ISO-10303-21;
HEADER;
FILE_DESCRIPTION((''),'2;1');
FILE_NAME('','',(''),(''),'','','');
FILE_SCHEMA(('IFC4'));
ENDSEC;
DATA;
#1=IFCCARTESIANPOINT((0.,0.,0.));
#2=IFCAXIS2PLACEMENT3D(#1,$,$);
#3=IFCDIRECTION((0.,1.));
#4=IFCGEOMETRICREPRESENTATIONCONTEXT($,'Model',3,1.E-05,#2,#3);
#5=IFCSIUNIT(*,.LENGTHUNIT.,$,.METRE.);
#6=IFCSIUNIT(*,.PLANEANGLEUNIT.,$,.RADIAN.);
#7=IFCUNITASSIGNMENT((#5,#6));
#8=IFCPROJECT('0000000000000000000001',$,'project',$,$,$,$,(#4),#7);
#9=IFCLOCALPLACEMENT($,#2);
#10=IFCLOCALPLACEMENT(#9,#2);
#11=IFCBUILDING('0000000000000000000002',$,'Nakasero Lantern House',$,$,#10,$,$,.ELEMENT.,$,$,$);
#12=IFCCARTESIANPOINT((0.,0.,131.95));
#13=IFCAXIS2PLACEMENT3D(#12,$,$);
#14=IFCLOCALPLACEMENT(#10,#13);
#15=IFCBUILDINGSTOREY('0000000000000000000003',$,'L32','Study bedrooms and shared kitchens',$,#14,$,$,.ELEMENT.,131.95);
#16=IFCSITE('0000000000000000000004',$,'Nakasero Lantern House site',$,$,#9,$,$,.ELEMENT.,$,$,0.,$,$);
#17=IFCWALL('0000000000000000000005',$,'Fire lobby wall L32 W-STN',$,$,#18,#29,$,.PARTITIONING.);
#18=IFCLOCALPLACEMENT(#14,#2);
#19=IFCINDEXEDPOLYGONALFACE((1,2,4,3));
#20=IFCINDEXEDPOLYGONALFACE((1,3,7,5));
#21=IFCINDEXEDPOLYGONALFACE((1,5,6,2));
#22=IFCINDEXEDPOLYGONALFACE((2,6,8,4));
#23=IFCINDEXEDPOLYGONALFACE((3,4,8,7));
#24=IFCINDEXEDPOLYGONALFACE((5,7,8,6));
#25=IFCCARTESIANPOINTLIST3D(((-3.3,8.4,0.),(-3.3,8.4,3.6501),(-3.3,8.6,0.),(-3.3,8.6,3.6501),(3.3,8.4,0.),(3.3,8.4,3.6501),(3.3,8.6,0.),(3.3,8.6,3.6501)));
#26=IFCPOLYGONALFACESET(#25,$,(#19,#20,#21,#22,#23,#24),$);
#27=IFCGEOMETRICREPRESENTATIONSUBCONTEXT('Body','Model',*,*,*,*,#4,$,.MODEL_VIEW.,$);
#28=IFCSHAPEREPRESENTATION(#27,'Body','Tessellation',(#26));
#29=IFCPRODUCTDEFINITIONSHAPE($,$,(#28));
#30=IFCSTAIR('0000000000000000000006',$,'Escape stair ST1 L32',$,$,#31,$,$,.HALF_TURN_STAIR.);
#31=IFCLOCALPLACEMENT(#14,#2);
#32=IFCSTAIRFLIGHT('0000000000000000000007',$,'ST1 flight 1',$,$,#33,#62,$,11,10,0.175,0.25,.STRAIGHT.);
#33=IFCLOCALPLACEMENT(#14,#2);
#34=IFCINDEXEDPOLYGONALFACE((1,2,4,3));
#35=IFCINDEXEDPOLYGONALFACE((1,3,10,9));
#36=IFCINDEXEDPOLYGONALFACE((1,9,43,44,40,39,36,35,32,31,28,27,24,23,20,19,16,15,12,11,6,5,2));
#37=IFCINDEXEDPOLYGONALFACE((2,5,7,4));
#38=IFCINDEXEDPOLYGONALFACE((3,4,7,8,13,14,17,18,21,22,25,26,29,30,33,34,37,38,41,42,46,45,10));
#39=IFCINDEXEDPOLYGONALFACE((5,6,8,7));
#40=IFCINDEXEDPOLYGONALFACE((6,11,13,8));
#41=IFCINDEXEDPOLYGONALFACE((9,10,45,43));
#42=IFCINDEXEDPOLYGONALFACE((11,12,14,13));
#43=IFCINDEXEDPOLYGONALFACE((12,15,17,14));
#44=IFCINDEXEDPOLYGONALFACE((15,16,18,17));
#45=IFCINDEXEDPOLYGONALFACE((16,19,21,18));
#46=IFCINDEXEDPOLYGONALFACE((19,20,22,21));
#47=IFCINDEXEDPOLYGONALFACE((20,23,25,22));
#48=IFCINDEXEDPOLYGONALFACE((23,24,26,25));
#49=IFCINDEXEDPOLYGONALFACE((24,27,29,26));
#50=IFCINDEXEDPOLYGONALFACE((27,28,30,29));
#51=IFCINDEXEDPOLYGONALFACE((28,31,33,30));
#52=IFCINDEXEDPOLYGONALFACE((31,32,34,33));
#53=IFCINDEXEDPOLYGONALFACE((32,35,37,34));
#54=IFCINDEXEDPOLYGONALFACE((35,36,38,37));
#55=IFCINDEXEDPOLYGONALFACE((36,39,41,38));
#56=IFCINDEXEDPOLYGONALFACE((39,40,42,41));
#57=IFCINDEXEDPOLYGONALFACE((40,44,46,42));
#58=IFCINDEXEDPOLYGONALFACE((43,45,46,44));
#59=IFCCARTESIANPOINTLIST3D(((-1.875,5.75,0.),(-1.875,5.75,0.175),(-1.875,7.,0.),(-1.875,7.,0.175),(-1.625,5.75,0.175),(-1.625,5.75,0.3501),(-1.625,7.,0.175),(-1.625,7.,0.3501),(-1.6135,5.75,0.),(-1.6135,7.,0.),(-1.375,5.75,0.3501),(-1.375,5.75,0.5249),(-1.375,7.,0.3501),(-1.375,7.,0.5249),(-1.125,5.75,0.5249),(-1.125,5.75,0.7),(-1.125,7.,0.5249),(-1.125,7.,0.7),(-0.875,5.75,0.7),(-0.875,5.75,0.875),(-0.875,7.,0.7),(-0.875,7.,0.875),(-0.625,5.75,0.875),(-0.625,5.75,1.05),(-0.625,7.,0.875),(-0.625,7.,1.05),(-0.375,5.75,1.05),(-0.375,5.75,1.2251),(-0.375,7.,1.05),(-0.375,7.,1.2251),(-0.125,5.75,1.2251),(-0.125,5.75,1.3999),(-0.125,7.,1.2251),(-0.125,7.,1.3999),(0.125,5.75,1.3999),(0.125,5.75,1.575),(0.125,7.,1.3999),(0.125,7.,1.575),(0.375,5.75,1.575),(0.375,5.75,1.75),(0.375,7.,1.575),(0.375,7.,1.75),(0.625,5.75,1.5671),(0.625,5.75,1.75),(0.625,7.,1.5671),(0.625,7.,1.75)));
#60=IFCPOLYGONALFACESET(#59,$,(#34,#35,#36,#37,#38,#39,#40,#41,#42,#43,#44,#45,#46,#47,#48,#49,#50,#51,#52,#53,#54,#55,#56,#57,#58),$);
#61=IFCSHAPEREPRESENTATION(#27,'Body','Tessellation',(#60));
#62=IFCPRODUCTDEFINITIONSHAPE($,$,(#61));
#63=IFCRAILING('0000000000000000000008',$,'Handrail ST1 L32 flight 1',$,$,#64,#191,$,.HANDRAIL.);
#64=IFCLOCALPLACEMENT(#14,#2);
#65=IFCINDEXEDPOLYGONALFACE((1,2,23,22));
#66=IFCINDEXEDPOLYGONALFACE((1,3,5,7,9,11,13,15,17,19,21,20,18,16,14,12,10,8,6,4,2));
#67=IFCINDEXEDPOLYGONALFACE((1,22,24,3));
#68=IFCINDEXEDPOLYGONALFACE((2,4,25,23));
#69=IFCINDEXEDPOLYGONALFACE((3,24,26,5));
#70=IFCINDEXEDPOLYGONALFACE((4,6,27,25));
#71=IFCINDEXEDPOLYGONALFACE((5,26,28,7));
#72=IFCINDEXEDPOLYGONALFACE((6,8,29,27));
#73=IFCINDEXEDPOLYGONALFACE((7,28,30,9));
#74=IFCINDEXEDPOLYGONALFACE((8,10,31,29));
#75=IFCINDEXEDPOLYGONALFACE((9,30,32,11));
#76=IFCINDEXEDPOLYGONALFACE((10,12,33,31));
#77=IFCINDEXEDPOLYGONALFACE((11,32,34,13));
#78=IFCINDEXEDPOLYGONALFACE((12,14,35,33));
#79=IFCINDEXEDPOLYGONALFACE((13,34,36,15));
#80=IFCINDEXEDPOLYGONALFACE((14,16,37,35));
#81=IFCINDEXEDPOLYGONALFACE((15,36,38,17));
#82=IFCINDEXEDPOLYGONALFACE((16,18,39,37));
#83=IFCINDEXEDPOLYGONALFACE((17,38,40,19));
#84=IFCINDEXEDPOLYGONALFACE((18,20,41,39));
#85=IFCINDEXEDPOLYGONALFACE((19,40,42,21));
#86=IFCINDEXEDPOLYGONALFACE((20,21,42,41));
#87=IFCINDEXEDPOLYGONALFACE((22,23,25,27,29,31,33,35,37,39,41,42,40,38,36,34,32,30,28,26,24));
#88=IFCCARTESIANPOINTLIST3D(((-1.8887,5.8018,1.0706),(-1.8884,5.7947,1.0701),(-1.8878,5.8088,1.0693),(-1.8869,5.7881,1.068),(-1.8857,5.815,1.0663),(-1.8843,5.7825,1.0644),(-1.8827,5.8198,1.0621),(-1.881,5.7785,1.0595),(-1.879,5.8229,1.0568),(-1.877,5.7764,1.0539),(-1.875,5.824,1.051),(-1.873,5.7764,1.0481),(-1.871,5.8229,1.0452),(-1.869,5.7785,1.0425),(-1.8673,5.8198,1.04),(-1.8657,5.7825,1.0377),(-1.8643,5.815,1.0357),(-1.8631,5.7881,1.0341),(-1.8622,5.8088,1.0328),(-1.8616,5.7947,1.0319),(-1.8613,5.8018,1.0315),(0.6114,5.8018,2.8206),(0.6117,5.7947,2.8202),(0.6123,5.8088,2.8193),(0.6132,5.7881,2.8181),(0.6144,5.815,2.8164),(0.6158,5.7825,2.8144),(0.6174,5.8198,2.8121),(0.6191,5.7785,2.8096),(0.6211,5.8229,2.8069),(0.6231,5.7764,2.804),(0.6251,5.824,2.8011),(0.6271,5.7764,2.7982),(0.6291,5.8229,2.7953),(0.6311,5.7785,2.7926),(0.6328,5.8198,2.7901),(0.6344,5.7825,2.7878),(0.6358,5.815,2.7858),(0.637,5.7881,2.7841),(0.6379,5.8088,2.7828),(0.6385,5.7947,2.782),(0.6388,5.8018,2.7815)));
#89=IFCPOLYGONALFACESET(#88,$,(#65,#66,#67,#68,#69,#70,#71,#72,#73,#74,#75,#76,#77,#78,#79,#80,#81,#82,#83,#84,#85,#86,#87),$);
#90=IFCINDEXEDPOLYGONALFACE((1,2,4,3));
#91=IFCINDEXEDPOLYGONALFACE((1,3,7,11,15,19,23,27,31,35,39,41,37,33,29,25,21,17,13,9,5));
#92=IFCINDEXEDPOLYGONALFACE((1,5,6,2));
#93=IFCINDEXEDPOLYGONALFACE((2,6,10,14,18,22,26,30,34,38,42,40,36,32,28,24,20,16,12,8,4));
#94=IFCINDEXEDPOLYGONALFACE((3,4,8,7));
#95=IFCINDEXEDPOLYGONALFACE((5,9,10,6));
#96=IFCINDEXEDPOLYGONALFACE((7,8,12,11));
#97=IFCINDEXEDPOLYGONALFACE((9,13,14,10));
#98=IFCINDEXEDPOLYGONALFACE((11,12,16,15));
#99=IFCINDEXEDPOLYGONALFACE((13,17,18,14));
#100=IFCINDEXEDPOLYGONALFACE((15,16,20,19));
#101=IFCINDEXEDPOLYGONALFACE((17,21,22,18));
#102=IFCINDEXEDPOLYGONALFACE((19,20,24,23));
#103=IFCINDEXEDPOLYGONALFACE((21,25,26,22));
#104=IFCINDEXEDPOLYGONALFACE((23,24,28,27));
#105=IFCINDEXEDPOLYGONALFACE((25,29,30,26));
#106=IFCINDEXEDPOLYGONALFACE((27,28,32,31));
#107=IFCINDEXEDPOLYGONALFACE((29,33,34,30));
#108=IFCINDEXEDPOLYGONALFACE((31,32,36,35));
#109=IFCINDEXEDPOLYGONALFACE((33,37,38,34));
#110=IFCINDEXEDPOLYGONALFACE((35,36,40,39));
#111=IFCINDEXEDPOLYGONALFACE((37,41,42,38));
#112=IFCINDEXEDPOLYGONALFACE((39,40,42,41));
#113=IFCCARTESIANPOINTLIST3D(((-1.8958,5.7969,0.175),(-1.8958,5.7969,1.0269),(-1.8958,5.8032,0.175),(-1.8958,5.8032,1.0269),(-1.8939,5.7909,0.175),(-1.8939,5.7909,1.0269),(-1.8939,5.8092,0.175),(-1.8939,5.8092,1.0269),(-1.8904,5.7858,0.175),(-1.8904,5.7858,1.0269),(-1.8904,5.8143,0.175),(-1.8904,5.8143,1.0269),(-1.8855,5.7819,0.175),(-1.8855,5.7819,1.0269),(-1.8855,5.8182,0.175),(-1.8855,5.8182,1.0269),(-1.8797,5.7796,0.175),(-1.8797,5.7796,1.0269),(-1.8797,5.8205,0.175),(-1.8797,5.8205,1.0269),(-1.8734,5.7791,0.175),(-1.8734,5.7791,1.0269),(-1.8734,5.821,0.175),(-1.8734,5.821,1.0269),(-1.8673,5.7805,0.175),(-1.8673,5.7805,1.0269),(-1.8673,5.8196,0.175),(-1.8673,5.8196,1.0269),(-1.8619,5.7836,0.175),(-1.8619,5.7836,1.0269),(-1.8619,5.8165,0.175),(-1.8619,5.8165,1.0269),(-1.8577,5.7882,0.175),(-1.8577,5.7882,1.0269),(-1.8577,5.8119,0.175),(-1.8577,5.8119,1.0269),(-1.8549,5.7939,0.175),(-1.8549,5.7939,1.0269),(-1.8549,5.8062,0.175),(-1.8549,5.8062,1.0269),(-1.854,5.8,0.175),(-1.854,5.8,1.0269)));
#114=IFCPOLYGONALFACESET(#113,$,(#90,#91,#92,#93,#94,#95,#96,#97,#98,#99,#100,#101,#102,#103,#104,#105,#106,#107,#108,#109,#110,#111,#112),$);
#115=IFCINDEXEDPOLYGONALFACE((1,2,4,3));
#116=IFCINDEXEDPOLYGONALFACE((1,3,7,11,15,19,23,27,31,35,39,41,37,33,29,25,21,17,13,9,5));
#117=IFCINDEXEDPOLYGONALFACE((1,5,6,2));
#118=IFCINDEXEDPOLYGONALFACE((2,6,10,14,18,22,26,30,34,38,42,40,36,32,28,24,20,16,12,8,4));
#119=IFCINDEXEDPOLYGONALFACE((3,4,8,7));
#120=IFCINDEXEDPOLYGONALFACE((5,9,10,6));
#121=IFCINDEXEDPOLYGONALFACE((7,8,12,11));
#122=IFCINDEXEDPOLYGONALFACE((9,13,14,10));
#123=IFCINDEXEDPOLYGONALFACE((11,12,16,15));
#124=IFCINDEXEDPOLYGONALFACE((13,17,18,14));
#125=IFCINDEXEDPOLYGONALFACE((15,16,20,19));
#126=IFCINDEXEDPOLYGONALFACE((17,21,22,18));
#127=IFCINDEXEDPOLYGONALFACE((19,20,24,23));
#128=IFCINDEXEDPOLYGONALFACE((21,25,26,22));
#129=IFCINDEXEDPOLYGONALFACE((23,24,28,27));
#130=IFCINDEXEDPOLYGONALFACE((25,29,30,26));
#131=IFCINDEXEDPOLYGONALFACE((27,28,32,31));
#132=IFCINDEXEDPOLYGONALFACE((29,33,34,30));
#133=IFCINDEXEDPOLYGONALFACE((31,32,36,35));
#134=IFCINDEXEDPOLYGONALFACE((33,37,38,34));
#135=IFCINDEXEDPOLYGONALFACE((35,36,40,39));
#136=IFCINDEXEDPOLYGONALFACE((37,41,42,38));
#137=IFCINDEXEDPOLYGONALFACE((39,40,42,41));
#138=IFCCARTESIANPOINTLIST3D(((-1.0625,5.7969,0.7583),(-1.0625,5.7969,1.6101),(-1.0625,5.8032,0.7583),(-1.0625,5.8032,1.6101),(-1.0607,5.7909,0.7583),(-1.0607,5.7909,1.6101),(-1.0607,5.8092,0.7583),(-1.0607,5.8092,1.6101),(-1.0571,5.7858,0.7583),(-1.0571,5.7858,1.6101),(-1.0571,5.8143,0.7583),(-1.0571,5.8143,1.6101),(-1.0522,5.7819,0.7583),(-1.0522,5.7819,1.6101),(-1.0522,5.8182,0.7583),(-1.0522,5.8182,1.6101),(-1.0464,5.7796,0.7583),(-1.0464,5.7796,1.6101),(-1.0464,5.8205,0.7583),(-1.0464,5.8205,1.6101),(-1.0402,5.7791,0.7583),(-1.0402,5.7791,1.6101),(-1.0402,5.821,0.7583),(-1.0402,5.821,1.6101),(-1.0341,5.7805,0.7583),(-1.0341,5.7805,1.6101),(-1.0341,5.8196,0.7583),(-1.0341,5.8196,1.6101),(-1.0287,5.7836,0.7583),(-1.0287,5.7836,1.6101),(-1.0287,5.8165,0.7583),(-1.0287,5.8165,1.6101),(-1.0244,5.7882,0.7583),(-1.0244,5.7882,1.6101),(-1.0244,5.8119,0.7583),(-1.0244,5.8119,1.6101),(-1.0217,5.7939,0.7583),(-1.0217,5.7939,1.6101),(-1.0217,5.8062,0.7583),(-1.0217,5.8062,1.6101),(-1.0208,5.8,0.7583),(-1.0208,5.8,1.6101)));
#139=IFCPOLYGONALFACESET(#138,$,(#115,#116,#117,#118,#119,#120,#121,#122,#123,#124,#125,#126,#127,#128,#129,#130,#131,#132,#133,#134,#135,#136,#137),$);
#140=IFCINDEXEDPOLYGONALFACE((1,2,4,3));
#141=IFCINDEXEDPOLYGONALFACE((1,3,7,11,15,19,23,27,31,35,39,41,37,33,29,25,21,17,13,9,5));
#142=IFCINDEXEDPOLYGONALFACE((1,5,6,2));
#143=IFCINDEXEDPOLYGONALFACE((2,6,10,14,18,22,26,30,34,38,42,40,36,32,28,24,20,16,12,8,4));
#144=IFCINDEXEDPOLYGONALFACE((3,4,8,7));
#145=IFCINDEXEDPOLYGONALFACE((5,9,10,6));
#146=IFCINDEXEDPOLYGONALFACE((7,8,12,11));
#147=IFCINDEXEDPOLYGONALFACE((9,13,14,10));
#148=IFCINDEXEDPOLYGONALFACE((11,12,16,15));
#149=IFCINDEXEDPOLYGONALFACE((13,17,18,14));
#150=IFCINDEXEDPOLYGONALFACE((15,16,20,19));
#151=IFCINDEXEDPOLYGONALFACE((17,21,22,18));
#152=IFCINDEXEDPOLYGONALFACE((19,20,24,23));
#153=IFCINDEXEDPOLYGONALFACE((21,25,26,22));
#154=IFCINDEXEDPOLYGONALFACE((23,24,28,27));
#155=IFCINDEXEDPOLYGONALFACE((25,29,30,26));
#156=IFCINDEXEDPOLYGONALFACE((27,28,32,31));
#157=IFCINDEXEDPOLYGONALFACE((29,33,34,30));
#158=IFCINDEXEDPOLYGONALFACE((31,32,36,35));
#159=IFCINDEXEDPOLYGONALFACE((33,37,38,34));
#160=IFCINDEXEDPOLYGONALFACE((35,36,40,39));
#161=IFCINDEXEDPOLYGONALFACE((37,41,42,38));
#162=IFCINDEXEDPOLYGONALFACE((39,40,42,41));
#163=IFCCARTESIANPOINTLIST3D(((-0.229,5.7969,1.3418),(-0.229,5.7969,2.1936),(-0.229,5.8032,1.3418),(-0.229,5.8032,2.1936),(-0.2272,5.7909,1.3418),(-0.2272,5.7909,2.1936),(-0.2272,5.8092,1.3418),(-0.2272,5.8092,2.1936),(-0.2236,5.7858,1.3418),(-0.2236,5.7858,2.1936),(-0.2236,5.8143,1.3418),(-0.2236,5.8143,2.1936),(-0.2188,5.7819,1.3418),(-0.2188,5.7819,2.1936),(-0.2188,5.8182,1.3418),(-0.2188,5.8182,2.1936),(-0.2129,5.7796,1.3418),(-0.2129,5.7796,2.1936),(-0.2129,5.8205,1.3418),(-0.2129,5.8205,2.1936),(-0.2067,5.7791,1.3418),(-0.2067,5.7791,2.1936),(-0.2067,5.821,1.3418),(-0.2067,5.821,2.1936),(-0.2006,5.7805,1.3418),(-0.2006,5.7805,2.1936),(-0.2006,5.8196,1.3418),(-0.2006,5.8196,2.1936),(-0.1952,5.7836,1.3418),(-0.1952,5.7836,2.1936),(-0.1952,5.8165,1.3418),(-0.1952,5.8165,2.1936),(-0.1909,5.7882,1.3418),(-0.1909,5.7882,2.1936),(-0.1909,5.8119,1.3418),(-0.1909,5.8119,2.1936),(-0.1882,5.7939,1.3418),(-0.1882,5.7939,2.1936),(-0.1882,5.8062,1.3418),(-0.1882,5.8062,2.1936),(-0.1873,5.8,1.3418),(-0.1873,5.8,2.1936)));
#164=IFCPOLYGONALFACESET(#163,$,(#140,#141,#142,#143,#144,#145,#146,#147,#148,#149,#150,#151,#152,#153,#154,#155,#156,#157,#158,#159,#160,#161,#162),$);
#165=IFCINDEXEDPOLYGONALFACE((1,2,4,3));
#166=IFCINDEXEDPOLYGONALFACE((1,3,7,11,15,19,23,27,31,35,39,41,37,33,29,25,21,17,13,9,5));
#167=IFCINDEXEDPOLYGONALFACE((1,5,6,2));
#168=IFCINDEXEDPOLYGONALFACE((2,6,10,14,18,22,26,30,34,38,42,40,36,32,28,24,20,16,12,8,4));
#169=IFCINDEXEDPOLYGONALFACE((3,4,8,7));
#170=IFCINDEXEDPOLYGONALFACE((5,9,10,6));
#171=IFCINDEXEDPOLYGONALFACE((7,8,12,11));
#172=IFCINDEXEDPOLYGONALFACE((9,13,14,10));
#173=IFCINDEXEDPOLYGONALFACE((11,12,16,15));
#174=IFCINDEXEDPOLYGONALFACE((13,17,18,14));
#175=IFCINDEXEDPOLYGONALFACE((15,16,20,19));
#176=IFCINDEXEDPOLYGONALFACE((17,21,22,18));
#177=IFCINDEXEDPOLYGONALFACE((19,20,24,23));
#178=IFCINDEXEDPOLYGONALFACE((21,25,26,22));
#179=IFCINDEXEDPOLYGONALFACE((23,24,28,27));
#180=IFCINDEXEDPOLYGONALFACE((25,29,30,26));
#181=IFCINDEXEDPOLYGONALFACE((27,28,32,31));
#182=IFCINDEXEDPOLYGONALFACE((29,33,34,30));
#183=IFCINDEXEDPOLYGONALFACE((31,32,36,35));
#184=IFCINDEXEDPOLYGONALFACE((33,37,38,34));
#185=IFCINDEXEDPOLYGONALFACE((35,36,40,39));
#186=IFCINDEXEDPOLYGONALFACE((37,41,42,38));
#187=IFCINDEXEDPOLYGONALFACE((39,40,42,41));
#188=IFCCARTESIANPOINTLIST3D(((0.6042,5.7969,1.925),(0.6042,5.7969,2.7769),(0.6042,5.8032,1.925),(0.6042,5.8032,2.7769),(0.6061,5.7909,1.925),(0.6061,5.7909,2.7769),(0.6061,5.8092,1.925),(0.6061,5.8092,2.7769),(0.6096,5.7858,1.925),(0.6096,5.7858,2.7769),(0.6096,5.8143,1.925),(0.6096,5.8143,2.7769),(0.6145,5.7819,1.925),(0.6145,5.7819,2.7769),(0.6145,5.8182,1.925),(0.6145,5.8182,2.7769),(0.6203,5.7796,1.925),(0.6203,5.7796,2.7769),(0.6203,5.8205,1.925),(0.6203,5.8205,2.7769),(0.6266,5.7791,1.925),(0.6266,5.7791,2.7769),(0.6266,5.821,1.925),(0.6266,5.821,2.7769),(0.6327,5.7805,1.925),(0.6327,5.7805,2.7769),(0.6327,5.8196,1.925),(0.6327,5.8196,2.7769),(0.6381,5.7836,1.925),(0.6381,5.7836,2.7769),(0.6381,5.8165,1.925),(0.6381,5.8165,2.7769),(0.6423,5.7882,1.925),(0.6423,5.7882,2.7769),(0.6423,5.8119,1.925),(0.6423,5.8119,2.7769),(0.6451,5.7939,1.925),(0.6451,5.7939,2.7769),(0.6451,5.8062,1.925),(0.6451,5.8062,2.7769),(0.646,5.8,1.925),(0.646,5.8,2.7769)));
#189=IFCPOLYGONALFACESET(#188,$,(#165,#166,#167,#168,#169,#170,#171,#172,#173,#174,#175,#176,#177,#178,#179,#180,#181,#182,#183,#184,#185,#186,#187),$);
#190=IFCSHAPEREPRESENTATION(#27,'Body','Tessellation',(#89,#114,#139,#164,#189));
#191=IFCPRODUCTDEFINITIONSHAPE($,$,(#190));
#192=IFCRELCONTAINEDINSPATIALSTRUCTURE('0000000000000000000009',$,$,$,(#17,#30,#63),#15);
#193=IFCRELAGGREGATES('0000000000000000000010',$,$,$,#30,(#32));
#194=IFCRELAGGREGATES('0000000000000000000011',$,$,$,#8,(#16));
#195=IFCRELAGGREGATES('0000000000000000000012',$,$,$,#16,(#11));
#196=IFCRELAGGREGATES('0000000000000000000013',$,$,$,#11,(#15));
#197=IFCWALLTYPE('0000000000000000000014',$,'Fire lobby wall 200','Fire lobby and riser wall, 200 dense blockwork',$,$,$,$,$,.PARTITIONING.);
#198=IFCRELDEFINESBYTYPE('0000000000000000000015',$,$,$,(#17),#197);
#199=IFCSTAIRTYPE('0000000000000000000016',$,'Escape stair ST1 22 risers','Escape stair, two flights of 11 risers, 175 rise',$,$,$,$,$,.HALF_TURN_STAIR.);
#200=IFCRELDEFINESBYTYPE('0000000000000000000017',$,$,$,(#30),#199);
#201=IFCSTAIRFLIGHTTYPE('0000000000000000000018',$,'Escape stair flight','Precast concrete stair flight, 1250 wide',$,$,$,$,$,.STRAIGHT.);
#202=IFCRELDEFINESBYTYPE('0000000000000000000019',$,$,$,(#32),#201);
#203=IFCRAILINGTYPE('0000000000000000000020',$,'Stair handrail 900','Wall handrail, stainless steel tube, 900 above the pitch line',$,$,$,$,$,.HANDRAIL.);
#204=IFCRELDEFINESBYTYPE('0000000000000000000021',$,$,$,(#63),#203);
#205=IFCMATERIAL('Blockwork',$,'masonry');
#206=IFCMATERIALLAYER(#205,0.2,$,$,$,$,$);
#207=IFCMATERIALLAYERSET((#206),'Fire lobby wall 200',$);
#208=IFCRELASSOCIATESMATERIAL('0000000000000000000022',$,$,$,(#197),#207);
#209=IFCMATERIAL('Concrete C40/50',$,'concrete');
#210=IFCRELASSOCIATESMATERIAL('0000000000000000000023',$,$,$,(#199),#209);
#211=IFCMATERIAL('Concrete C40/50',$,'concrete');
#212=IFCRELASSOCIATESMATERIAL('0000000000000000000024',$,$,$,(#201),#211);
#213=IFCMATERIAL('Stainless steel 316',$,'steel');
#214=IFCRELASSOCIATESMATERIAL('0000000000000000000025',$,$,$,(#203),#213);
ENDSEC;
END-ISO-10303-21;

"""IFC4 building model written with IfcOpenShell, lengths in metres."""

from ifc_helpers import new_model, si_unit, direction, frame, frame_2d, origin, origin_2d, place, context, subcontext, project, spatial, polyline, rectangle, circle, outline, extrude, material, layer, layer_set, type_object, element, aggregate, save


model = new_model("IFC4")

# Units and contexts
model_context = context("Model", 3, precision=1e-05, world=origin(), true_north=direction((0.0, 1.0)))
body_context = subcontext(model_context, "Body", "Model", "MODEL_VIEW")
ifc_project = project(units=[si_unit("LENGTHUNIT", "METRE"), si_unit("PLANEANGLEUNIT", "RADIAN")], contexts=[model_context])

# Site, building, storey
site_placement = place(None, origin())
site = spatial("IfcSite", under=ifc_project, at=site_placement, Name="Nakasero Lantern House site", CompositionType="ELEMENT", RefElevation=0.0)
building_placement = place(site_placement, origin())
building = spatial("IfcBuilding", under=site, at=building_placement, Name="Nakasero Lantern House", CompositionType="ELEMENT")
storey_placement = place(building_placement, frame((0.0, 0.0, 131.95)))
storey = spatial("IfcBuildingStorey", under=building, at=storey_placement, Name="L32", Description="Study bedrooms and shared kitchens", CompositionType="ELEMENT", Elevation=131.95)

# Shared definitions
ifc_material_1 = material(Name="Blockwork", Category="masonry")
ifc_layer_1 = layer(ifc_material_1, 0.2)
ifc_layer_set_1 = layer_set([ifc_layer_1], Name="Fire lobby wall 200")
wall_type_1 = type_object("IfcWallType", Name="Fire lobby wall 200", Description="Fire lobby and riser wall, 200 dense blockwork", PredefinedType="PARTITIONING", material=ifc_layer_set_1)

# Wall
wall_1_placement = place(storey_placement, frame((-3.3, 8.5, 0.0), z_axis=(0.0, 0.0, 1.0), x_axis=(1.0, 0.0, 0.0)))
element("IfcWall", 1, at=wall_1_placement, inside=storey, type_object=wall_type_1, Name="Fire lobby wall L32 W-STN", PredefinedType="PARTITIONING", context=body_context, shape_type="SweptSolid", body=[
    extrude(rectangle(XDim=6.6001, YDim=0.2, at=frame_2d((3.3, 0.0))), origin(), (0.0, 0.0, 1.0), 3.6501),
])

# Stair, stair flight
ifc_material_2 = material(Name="Concrete C40/50", Category="concrete")
stair_type = type_object("IfcStairType", Name="Escape stair ST1 22 risers", Description="Escape stair, two flights of 11 risers, 175 rise", PredefinedType="HALF_TURN_STAIR", material=ifc_material_2)
stair_placement = place(storey_placement, origin())
stair = element("IfcStair", 2, at=stair_placement, inside=storey, type_object=stair_type, Name="Escape stair ST1 L32", PredefinedType="HALF_TURN_STAIR")
ifc_material_3 = material(Name="Concrete C40/50", Category="concrete")
stair_flight_type = type_object("IfcStairFlightType", Name="Escape stair flight", Description="Precast concrete stair flight, 1250 wide", PredefinedType="STRAIGHT", material=ifc_material_3)
stair_flight_placement = place(storey_placement, frame((-1.875, 6.375, 0.0), z_axis=(0.0, 0.0, 1.0), x_axis=(1.0, 0.0, 0.0)))
stair_flight = element("IfcStairFlight", 3, at=stair_flight_placement, type_object=stair_flight_type, Name="ST1 flight 1", NumberOfRisers=11, NumberOfTreads=10, PredefinedType="STRAIGHT", RiserHeight=0.175, TreadLength=0.25, context=body_context, shape_type="SweptSolid", body=[
    extrude(outline(polyline([(0.0, 0.0), (0.0, 0.175), (0.25, 0.175), (0.25, 0.3501), (0.5, 0.3501), (0.5, 0.5249), (0.75, 0.5249), (0.75, 0.7), (1.0, 0.7), (1.0, 0.875), (1.25, 0.875), (1.25, 1.05), (1.5, 1.05), (1.5, 1.2251), (1.75, 1.2251), (1.75, 1.3999), (2.0, 1.3999), (2.0, 1.575), (2.25, 1.575), (2.25, 1.75), (2.5, 1.75), (2.5, 1.925), (2.5, 1.5671), (0.2615, 0.0), (0.0, 0.0)])), frame((0.0, 0.625, 0.0), z_axis=(0.0, -1.0, 0.0), x_axis=(1.0, 0.0, 0.0)), (0.0, 0.0, 1.0), 1.25),
])
aggregate(stair, [stair_flight])

# Railing
ifc_material_4 = material(Name="Stainless steel 316", Category="steel")
railing_type = type_object("IfcRailingType", Name="Stair handrail 900", Description="Wall handrail, stainless steel tube, 900 above the pitch line", PredefinedType="HANDRAIL", material=ifc_material_4)
railing_placement = place(storey_placement, frame((-1.875, 5.8, 0.175)))
element("IfcRailing", 4, at=railing_placement, inside=storey, type_object=railing_type, Name="Handrail ST1 L32 flight 1", PredefinedType="HANDRAIL", context=body_context, shape_type="SweptSolid", body=[
    extrude(circle(Radius=0.0239, at=origin_2d()), frame((0.0, 0.0, 0.876), z_axis=(0.819232, 0.0, 0.573462), x_axis=(0.0, 1.0, 0.0)), (0.0, 0.0, 1.0), 3.0518),
    extrude(circle(Radius=0.021, at=origin_2d()), origin(), (0.0, 0.0, 1.0), 0.8518),
    extrude(circle(Radius=0.021, at=origin_2d()), frame((0.8333, 0.0, 0.5833)), (0.0, 0.0, 1.0), 0.8518),
    extrude(circle(Radius=0.021, at=origin_2d()), frame((1.6667, 0.0, 1.1667)), (0.0, 0.0, 1.0), 0.8518),
    extrude(circle(Radius=0.021, at=origin_2d()), frame((2.5, 0.0, 1.75)), (0.0, 0.0, 1.0), 0.8518),
])

save(model, "model.ifc")
